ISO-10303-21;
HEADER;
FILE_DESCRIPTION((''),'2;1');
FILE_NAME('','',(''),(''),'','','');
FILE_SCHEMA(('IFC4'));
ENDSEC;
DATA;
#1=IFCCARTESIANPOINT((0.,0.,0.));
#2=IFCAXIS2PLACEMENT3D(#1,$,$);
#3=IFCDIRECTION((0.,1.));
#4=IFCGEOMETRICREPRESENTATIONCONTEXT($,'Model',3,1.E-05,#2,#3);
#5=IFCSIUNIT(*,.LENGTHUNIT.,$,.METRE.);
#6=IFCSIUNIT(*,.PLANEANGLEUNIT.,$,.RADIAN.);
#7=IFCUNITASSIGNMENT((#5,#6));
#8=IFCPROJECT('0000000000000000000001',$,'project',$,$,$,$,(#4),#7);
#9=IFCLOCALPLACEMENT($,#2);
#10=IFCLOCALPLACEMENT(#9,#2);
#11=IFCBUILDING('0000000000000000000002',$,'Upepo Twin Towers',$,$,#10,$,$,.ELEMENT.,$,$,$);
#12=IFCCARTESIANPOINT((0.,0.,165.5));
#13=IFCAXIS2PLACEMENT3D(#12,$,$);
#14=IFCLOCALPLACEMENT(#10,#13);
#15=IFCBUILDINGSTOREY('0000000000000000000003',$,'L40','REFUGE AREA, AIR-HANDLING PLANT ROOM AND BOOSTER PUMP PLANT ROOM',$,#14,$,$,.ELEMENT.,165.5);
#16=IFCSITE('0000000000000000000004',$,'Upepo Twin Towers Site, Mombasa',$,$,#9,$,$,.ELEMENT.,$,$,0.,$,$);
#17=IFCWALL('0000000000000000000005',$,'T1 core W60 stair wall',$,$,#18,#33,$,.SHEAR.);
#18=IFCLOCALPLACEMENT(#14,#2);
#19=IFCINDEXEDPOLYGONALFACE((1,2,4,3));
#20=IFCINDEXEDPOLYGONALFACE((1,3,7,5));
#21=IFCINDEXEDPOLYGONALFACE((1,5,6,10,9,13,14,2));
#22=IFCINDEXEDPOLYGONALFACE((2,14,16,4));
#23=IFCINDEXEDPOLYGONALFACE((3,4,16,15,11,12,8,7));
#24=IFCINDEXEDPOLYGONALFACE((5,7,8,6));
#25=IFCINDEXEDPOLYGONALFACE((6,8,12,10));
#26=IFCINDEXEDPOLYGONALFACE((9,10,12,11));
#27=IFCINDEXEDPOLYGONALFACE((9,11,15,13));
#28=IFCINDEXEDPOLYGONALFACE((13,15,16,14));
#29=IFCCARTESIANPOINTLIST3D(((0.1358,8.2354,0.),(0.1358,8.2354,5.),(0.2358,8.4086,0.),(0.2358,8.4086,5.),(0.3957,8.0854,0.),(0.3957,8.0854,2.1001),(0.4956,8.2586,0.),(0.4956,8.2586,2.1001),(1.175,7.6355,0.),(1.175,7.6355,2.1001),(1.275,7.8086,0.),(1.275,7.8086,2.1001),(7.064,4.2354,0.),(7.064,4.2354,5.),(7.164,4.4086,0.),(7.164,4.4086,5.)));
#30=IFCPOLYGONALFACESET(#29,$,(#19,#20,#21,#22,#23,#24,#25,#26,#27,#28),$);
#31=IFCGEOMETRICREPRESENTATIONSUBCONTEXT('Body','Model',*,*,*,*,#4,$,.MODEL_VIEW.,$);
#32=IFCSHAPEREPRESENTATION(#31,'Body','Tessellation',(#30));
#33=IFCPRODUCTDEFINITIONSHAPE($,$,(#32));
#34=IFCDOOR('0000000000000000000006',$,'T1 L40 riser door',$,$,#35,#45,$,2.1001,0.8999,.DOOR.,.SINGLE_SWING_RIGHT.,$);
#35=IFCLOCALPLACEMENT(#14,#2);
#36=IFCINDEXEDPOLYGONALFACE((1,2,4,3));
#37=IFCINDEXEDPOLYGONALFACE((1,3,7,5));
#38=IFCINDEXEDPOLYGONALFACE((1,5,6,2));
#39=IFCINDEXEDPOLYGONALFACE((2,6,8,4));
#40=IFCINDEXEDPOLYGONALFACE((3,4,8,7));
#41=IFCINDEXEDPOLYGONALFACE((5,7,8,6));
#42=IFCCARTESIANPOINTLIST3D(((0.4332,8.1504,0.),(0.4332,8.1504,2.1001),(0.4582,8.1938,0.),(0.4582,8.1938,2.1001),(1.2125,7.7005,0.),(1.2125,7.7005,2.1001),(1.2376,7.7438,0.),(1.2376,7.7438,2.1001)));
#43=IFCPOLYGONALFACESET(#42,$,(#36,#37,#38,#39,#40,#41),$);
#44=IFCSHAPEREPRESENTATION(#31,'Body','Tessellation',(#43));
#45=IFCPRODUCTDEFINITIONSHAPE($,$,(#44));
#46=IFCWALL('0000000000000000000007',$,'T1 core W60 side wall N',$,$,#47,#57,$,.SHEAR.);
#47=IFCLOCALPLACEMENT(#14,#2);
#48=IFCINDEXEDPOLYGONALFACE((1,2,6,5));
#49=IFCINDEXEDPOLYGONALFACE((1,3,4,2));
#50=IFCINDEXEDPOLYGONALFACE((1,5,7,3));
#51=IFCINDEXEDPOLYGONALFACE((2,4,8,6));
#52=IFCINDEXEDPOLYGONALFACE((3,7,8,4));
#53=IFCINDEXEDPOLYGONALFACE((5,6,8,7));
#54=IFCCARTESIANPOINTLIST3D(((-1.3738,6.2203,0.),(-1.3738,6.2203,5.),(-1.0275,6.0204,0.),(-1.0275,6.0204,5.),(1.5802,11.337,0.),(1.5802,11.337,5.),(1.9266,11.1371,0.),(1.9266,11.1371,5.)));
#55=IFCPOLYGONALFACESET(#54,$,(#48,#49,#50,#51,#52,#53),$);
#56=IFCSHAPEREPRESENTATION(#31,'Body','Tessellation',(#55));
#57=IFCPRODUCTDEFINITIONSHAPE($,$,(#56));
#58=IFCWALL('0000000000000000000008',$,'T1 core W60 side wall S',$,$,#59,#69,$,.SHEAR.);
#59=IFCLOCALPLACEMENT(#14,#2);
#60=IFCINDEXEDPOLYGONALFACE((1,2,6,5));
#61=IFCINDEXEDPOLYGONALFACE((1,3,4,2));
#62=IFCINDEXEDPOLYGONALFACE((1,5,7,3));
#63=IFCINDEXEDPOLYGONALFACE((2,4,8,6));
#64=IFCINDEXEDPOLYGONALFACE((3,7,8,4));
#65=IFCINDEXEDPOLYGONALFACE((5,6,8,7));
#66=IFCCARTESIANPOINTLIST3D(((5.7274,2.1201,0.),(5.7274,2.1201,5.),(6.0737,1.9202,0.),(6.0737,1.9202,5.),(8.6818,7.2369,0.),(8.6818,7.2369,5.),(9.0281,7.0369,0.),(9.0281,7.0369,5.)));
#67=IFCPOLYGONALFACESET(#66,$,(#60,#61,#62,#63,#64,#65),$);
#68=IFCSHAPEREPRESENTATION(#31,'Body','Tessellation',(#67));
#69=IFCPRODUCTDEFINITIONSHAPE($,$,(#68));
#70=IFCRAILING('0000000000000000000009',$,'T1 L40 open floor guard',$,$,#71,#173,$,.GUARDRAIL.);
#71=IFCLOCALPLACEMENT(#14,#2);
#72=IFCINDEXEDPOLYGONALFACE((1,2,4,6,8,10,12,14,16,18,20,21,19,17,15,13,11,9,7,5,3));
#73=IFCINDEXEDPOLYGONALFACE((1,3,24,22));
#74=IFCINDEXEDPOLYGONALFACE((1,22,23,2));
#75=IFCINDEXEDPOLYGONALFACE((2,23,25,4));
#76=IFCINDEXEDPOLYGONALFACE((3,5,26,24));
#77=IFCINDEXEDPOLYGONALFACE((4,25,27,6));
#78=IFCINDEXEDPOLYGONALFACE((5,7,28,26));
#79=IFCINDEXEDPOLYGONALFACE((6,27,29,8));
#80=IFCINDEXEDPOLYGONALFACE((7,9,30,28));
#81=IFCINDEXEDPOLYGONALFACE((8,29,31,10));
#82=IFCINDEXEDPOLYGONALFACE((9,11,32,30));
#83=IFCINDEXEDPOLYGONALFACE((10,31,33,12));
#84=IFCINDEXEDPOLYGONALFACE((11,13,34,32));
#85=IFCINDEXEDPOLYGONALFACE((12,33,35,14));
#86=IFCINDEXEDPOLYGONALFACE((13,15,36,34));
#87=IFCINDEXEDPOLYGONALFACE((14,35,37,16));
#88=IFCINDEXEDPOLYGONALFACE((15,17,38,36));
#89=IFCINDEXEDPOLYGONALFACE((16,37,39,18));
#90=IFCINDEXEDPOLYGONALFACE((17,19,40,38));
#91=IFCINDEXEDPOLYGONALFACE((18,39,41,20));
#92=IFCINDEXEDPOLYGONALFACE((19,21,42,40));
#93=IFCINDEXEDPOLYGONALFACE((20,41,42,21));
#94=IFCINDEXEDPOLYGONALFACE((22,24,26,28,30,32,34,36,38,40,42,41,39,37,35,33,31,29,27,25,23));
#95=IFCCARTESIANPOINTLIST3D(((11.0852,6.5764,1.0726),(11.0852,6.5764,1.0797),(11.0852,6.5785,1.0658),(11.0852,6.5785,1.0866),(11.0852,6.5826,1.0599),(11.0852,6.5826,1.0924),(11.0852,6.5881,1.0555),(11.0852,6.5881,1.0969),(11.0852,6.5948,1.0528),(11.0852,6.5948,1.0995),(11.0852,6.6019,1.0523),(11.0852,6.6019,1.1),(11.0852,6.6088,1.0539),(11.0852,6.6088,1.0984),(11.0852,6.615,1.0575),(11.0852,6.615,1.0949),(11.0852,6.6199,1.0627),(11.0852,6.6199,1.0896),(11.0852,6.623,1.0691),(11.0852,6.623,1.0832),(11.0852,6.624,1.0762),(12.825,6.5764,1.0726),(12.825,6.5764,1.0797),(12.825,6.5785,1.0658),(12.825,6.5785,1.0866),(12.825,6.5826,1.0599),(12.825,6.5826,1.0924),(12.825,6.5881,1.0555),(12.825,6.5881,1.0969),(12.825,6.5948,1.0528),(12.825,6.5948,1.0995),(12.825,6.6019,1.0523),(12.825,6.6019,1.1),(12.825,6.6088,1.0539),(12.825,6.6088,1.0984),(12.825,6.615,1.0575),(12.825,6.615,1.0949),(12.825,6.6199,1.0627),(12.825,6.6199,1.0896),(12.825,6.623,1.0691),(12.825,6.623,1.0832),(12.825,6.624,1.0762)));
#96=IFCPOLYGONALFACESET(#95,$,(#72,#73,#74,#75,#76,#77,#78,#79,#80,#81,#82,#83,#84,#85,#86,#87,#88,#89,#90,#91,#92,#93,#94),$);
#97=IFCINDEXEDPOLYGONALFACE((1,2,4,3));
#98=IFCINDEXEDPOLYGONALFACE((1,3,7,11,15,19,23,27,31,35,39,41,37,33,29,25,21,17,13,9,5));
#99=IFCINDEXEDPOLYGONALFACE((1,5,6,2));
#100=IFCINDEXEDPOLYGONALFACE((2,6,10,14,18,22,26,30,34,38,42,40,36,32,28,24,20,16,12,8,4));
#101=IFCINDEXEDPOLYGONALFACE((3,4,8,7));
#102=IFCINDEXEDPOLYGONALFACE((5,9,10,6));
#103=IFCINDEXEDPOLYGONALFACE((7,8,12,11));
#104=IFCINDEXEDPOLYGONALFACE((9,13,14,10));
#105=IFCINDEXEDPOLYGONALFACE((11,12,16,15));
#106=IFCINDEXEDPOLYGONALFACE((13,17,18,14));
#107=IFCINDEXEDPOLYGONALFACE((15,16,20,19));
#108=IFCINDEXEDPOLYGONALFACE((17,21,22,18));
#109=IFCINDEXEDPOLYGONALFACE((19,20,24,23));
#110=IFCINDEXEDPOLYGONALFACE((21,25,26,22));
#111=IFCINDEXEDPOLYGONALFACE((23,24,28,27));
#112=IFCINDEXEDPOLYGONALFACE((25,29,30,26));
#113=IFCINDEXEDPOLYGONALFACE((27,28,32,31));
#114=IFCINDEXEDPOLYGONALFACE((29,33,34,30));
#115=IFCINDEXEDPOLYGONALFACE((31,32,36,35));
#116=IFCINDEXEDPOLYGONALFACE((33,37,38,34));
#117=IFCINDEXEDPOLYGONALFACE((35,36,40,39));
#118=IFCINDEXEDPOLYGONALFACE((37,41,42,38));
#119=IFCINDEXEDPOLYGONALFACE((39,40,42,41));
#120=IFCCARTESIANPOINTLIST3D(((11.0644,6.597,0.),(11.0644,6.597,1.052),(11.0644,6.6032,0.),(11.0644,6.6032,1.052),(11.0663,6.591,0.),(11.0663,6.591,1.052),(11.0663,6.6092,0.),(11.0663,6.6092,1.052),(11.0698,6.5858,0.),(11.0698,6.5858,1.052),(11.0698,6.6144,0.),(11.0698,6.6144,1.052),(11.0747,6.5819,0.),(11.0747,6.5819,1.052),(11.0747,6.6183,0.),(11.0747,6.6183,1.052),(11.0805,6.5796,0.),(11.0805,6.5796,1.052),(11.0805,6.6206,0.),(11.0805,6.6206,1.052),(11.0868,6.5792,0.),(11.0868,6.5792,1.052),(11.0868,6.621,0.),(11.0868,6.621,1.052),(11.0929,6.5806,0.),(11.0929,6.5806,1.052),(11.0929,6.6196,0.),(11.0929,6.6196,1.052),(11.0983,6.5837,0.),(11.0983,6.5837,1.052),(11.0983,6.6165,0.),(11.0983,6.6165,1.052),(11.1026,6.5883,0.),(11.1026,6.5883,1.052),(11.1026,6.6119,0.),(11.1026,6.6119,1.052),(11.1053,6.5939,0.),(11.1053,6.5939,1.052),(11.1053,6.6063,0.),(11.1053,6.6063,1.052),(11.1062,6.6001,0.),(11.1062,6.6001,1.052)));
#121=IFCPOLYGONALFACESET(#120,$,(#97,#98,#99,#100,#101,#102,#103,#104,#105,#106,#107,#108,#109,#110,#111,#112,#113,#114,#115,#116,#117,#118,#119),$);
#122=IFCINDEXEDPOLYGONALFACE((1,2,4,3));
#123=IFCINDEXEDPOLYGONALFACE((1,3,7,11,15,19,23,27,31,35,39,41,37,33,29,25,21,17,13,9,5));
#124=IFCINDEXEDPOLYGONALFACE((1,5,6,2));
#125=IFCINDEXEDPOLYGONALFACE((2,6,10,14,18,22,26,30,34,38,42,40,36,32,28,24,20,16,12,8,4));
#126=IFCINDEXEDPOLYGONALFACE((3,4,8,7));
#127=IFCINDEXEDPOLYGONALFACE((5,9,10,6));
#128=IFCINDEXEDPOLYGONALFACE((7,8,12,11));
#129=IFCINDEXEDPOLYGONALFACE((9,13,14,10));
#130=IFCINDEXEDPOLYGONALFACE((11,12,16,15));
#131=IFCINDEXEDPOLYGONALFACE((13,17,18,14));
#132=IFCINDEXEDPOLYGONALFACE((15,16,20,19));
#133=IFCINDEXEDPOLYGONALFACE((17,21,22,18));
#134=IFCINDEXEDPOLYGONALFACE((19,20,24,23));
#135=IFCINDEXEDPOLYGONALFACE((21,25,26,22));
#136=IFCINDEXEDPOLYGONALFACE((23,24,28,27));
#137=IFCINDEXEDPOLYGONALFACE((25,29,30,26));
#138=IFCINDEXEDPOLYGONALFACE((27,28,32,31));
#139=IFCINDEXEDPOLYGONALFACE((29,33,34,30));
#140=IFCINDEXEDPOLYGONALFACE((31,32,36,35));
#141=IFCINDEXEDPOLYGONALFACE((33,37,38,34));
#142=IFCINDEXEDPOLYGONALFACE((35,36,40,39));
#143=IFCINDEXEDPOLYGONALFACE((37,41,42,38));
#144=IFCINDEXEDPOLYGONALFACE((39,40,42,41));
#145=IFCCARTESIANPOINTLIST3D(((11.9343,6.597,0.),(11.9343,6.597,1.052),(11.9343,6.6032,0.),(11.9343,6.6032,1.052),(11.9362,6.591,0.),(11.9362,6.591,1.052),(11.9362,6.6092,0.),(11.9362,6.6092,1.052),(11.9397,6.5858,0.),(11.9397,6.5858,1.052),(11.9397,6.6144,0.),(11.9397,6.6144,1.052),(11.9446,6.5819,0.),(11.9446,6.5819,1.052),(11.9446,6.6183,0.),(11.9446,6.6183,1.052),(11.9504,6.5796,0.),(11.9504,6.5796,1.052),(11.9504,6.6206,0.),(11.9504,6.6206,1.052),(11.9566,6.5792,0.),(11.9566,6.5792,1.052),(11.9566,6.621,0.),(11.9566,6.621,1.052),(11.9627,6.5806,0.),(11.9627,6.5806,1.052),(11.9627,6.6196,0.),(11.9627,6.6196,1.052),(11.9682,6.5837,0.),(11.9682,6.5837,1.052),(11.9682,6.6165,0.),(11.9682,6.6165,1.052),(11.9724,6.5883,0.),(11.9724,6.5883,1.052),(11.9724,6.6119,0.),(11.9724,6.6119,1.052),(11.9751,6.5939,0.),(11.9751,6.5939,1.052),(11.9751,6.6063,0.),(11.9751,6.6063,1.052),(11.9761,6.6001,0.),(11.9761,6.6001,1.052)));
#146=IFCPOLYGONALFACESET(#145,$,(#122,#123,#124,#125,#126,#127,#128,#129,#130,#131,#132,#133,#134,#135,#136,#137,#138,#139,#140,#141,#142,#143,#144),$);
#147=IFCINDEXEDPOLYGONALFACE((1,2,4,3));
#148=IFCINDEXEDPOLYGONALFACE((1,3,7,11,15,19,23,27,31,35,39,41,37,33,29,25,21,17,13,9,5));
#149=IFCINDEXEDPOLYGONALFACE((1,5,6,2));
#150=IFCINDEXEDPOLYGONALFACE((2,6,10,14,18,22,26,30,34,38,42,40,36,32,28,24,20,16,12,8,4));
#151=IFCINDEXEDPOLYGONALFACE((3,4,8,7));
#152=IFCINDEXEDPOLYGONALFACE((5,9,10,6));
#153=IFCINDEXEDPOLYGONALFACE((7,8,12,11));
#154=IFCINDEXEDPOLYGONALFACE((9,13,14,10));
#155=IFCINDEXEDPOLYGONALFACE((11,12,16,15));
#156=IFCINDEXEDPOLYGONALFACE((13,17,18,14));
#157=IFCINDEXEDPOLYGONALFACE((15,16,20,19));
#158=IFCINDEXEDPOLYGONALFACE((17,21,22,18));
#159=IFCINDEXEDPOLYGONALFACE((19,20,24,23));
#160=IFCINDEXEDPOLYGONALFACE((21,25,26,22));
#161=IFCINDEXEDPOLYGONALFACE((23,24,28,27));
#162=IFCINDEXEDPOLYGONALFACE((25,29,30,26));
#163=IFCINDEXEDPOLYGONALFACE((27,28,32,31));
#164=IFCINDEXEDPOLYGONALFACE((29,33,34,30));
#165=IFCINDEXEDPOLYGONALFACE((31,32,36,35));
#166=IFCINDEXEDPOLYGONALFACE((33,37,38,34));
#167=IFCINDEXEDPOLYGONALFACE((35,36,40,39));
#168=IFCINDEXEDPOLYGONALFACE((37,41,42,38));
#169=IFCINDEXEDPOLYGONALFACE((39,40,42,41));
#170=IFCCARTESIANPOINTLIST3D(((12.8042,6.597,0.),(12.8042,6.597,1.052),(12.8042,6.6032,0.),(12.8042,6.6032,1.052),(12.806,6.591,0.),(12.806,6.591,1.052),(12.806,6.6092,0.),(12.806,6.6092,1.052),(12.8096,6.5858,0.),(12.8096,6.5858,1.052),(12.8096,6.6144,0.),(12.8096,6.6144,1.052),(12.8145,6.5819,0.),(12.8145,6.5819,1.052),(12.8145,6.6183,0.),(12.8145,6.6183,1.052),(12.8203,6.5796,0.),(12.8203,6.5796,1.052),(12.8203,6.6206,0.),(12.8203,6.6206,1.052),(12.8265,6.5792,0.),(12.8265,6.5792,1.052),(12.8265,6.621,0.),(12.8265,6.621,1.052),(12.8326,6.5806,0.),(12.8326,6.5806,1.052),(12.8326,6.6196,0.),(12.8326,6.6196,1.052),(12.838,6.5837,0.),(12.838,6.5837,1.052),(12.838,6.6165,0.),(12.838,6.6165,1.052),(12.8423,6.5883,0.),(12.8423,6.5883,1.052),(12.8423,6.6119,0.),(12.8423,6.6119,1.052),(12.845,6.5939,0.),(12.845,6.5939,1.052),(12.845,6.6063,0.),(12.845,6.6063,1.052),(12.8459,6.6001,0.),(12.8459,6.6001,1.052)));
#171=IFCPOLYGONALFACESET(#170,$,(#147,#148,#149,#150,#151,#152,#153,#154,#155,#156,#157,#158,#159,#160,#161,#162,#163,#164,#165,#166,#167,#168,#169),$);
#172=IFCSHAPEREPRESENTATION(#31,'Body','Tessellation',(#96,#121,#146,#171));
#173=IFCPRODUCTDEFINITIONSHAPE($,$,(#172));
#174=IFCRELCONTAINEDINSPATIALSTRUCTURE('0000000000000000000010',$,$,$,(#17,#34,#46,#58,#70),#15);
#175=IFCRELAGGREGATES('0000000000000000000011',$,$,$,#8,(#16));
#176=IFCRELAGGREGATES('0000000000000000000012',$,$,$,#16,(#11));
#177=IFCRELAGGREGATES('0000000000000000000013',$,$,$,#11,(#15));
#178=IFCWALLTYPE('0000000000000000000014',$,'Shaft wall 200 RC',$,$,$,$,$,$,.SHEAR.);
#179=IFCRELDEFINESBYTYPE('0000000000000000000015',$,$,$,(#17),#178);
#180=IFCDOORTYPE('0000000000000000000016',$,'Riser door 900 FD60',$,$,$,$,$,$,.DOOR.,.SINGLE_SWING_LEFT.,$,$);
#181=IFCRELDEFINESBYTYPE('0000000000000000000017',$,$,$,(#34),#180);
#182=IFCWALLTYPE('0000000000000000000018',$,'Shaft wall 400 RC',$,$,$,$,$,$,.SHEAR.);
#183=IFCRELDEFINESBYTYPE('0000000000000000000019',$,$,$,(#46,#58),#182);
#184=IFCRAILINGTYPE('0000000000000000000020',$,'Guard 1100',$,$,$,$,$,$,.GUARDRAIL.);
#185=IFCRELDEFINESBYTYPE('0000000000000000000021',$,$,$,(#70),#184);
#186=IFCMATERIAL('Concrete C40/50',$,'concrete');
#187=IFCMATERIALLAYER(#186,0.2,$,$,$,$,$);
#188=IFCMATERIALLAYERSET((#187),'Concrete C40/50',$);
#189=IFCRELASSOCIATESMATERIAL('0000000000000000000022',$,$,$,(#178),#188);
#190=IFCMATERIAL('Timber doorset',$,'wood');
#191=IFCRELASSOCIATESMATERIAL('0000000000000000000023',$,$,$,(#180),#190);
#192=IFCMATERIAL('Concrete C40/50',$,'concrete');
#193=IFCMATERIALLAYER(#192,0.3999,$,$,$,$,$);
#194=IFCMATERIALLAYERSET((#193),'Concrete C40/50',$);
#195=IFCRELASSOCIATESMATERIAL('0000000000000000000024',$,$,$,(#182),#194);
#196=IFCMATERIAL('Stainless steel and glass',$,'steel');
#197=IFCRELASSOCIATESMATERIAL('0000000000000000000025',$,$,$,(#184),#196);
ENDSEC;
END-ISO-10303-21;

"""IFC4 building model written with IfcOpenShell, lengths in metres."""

from ifc_helpers import new_model, si_unit, direction, frame, frame_2d, origin, origin_2d, place, context, subcontext, project, spatial, rectangle, circle, extrude, material, layer, layer_set, type_object, element, fill, save


model = new_model("IFC4")

# Units and contexts
model_context = context("Model", 3, precision=1e-05, world=origin(), true_north=direction((0.0, 1.0)))
body_context = subcontext(model_context, "Body", "Model", "MODEL_VIEW")
ifc_project = project(units=[si_unit("LENGTHUNIT", "METRE"), si_unit("PLANEANGLEUNIT", "RADIAN")], contexts=[model_context])

# Site, building, storey
site_placement = place(None, origin())
site = spatial("IfcSite", under=ifc_project, at=site_placement, Name="Upepo Twin Towers Site, Mombasa", CompositionType="ELEMENT", RefElevation=0.0)
building_placement = place(site_placement, origin())
building = spatial("IfcBuilding", under=site, at=building_placement, Name="Upepo Twin Towers", CompositionType="ELEMENT")
storey_placement = place(building_placement, frame((0.0, 0.0, 165.5)))
storey = spatial("IfcBuildingStorey", under=building, at=storey_placement, Name="L40", Description="REFUGE AREA, AIR-HANDLING PLANT ROOM AND BOOSTER PUMP PLANT ROOM", CompositionType="ELEMENT", Elevation=165.5)

# Shared definitions
ifc_material_1 = material(Name="Concrete C40/50", Category="concrete")
ifc_layer_1 = layer(ifc_material_1, 0.2)
ifc_layer_set_1 = layer_set([ifc_layer_1], Name="Concrete C40/50")
wall_type_1 = type_object("IfcWallType", Name="Shaft wall 200 RC", PredefinedType="SHEAR", material=ifc_layer_set_1)

# Wall, opening, door
wall_1_placement = place(storey_placement, frame((7.114, 4.322, 0.0), z_axis=(0.0, 0.0, 1.0), x_axis=(-0.866026, 0.499999, 0.0)))
wall_1 = element("IfcWall", 1, at=wall_1_placement, inside=storey, type_object=wall_type_1, Name="T1 core W60 stair wall", PredefinedType="SHEAR", context=body_context, shape_type="SweptSolid", body=[
    extrude(rectangle(XDim=8.0, YDim=0.2, at=frame_2d((4.0, 0.0))), origin(), (0.0, 0.0, 1.0), 5.0),
])
opening_1_placement = place(wall_1_placement, frame((6.8, 0.0, 0.0)))
opening_1 = element("IfcOpeningElement", 2, at=opening_1_placement, cuts=wall_1, PredefinedType="OPENING", context=body_context, shape_type="SweptSolid", body=[
    extrude(rectangle(XDim=0.8999, YDim=2.1001, at=frame_2d((0.45, 1.05))), frame((0.0, 0.1099, 0.0), z_axis=(0.0, -1.0, 0.0), x_axis=(1.0, 0.0, 0.0)), (0.0, 0.0, 1.0), 0.22),
])
ifc_material_2 = material(Name="Timber doorset", Category="wood")
door_type_1 = type_object("IfcDoorType", Name="Riser door 900 FD60", OperationType="SINGLE_SWING_LEFT", PredefinedType="DOOR", material=ifc_material_2)
door_1_placement = place(opening_1_placement, origin())
door_1 = element("IfcDoor", 3, at=door_1_placement, inside=storey, type_object=door_type_1, Name="T1 L40 riser door", OperationType="SINGLE_SWING_RIGHT", OverallHeight=2.1001, OverallWidth=0.8999, PredefinedType="DOOR", context=body_context, shape_type="SweptSolid", body=[
    extrude(rectangle(XDim=0.8999, YDim=2.1001, at=frame_2d((0.45, 1.05))), frame((0.0, 0.0249, 0.0), z_axis=(0.0, -1.0, 0.0), x_axis=(1.0, 0.0, 0.0)), (0.0, 0.0, 1.0), 0.05),
])
fill(opening_1, door_1)

# Walls
ifc_material_3 = material(Name="Concrete C40/50", Category="concrete")
ifc_layer_2 = layer(ifc_material_3, 0.3999)
ifc_layer_set_2 = layer_set([ifc_layer_2], Name="Concrete C40/50")
wall_type_2 = type_object("IfcWallType", Name="Shaft wall 400 RC", PredefinedType="SHEAR", material=ifc_layer_set_2)
wall_2_placement = place(storey_placement, frame((-1.2007, 6.1204, 0.0), z_axis=(0.0, 0.0, 1.0), x_axis=(0.499997, 0.866027, 0.0)))
element("IfcWall", 4, at=wall_2_placement, inside=storey, type_object=wall_type_2, Name="T1 core W60 side wall N", PredefinedType="SHEAR", context=body_context, shape_type="SweptSolid", body=[
    extrude(rectangle(XDim=5.9082, YDim=0.3999, at=frame_2d((2.9541, 0.0))), origin(), (0.0, 0.0, 1.0), 5.0),
])
wall_3_placement = place(storey_placement, frame((5.9006, 2.0203, 0.0), z_axis=(0.0, 0.0, 1.0), x_axis=(0.500028, 0.866009, 0.0)))
element("IfcWall", 5, at=wall_3_placement, inside=storey, type_object=wall_type_2, Name="T1 core W60 side wall S", PredefinedType="SHEAR", context=body_context, shape_type="SweptSolid", body=[
    extrude(rectangle(XDim=5.9084, YDim=0.3999, at=frame_2d((2.9541, 0.0))), origin(), (0.0, 0.0, 1.0), 5.0),
])

# Railing
ifc_material_4 = material(Name="Stainless steel and glass", Category="steel")
railing_type = type_object("IfcRailingType", Name="Guard 1100", PredefinedType="GUARDRAIL", material=ifc_material_4)
railing_1_placement = place(storey_placement, frame((11.0852, 6.6001, 0.0)))
element("IfcRailing", 6, at=railing_1_placement, inside=storey, type_object=railing_type, Name="T1 L40 open floor guard", PredefinedType="GUARDRAIL", context=body_context, shape_type="SweptSolid", body=[
    extrude(circle(Radius=0.0239, at=origin_2d()), frame((0.0, 0.0, 1.0762), z_axis=(1.0, 0.0, 0.0), x_axis=(0.0, 1.0, 0.0)), (0.0, 0.0, 1.0), 1.7397),
    extrude(circle(Radius=0.021, at=origin_2d()), origin(), (0.0, 0.0, 1.0), 1.052),
    extrude(circle(Radius=0.021, at=origin_2d()), frame((0.8699, 0.0, 0.0)), (0.0, 0.0, 1.0), 1.052),
    extrude(circle(Radius=0.021, at=origin_2d()), frame((1.7397, 0.0, 0.0)), (0.0, 0.0, 1.0), 1.052),
])

save(model, "model.ifc")
